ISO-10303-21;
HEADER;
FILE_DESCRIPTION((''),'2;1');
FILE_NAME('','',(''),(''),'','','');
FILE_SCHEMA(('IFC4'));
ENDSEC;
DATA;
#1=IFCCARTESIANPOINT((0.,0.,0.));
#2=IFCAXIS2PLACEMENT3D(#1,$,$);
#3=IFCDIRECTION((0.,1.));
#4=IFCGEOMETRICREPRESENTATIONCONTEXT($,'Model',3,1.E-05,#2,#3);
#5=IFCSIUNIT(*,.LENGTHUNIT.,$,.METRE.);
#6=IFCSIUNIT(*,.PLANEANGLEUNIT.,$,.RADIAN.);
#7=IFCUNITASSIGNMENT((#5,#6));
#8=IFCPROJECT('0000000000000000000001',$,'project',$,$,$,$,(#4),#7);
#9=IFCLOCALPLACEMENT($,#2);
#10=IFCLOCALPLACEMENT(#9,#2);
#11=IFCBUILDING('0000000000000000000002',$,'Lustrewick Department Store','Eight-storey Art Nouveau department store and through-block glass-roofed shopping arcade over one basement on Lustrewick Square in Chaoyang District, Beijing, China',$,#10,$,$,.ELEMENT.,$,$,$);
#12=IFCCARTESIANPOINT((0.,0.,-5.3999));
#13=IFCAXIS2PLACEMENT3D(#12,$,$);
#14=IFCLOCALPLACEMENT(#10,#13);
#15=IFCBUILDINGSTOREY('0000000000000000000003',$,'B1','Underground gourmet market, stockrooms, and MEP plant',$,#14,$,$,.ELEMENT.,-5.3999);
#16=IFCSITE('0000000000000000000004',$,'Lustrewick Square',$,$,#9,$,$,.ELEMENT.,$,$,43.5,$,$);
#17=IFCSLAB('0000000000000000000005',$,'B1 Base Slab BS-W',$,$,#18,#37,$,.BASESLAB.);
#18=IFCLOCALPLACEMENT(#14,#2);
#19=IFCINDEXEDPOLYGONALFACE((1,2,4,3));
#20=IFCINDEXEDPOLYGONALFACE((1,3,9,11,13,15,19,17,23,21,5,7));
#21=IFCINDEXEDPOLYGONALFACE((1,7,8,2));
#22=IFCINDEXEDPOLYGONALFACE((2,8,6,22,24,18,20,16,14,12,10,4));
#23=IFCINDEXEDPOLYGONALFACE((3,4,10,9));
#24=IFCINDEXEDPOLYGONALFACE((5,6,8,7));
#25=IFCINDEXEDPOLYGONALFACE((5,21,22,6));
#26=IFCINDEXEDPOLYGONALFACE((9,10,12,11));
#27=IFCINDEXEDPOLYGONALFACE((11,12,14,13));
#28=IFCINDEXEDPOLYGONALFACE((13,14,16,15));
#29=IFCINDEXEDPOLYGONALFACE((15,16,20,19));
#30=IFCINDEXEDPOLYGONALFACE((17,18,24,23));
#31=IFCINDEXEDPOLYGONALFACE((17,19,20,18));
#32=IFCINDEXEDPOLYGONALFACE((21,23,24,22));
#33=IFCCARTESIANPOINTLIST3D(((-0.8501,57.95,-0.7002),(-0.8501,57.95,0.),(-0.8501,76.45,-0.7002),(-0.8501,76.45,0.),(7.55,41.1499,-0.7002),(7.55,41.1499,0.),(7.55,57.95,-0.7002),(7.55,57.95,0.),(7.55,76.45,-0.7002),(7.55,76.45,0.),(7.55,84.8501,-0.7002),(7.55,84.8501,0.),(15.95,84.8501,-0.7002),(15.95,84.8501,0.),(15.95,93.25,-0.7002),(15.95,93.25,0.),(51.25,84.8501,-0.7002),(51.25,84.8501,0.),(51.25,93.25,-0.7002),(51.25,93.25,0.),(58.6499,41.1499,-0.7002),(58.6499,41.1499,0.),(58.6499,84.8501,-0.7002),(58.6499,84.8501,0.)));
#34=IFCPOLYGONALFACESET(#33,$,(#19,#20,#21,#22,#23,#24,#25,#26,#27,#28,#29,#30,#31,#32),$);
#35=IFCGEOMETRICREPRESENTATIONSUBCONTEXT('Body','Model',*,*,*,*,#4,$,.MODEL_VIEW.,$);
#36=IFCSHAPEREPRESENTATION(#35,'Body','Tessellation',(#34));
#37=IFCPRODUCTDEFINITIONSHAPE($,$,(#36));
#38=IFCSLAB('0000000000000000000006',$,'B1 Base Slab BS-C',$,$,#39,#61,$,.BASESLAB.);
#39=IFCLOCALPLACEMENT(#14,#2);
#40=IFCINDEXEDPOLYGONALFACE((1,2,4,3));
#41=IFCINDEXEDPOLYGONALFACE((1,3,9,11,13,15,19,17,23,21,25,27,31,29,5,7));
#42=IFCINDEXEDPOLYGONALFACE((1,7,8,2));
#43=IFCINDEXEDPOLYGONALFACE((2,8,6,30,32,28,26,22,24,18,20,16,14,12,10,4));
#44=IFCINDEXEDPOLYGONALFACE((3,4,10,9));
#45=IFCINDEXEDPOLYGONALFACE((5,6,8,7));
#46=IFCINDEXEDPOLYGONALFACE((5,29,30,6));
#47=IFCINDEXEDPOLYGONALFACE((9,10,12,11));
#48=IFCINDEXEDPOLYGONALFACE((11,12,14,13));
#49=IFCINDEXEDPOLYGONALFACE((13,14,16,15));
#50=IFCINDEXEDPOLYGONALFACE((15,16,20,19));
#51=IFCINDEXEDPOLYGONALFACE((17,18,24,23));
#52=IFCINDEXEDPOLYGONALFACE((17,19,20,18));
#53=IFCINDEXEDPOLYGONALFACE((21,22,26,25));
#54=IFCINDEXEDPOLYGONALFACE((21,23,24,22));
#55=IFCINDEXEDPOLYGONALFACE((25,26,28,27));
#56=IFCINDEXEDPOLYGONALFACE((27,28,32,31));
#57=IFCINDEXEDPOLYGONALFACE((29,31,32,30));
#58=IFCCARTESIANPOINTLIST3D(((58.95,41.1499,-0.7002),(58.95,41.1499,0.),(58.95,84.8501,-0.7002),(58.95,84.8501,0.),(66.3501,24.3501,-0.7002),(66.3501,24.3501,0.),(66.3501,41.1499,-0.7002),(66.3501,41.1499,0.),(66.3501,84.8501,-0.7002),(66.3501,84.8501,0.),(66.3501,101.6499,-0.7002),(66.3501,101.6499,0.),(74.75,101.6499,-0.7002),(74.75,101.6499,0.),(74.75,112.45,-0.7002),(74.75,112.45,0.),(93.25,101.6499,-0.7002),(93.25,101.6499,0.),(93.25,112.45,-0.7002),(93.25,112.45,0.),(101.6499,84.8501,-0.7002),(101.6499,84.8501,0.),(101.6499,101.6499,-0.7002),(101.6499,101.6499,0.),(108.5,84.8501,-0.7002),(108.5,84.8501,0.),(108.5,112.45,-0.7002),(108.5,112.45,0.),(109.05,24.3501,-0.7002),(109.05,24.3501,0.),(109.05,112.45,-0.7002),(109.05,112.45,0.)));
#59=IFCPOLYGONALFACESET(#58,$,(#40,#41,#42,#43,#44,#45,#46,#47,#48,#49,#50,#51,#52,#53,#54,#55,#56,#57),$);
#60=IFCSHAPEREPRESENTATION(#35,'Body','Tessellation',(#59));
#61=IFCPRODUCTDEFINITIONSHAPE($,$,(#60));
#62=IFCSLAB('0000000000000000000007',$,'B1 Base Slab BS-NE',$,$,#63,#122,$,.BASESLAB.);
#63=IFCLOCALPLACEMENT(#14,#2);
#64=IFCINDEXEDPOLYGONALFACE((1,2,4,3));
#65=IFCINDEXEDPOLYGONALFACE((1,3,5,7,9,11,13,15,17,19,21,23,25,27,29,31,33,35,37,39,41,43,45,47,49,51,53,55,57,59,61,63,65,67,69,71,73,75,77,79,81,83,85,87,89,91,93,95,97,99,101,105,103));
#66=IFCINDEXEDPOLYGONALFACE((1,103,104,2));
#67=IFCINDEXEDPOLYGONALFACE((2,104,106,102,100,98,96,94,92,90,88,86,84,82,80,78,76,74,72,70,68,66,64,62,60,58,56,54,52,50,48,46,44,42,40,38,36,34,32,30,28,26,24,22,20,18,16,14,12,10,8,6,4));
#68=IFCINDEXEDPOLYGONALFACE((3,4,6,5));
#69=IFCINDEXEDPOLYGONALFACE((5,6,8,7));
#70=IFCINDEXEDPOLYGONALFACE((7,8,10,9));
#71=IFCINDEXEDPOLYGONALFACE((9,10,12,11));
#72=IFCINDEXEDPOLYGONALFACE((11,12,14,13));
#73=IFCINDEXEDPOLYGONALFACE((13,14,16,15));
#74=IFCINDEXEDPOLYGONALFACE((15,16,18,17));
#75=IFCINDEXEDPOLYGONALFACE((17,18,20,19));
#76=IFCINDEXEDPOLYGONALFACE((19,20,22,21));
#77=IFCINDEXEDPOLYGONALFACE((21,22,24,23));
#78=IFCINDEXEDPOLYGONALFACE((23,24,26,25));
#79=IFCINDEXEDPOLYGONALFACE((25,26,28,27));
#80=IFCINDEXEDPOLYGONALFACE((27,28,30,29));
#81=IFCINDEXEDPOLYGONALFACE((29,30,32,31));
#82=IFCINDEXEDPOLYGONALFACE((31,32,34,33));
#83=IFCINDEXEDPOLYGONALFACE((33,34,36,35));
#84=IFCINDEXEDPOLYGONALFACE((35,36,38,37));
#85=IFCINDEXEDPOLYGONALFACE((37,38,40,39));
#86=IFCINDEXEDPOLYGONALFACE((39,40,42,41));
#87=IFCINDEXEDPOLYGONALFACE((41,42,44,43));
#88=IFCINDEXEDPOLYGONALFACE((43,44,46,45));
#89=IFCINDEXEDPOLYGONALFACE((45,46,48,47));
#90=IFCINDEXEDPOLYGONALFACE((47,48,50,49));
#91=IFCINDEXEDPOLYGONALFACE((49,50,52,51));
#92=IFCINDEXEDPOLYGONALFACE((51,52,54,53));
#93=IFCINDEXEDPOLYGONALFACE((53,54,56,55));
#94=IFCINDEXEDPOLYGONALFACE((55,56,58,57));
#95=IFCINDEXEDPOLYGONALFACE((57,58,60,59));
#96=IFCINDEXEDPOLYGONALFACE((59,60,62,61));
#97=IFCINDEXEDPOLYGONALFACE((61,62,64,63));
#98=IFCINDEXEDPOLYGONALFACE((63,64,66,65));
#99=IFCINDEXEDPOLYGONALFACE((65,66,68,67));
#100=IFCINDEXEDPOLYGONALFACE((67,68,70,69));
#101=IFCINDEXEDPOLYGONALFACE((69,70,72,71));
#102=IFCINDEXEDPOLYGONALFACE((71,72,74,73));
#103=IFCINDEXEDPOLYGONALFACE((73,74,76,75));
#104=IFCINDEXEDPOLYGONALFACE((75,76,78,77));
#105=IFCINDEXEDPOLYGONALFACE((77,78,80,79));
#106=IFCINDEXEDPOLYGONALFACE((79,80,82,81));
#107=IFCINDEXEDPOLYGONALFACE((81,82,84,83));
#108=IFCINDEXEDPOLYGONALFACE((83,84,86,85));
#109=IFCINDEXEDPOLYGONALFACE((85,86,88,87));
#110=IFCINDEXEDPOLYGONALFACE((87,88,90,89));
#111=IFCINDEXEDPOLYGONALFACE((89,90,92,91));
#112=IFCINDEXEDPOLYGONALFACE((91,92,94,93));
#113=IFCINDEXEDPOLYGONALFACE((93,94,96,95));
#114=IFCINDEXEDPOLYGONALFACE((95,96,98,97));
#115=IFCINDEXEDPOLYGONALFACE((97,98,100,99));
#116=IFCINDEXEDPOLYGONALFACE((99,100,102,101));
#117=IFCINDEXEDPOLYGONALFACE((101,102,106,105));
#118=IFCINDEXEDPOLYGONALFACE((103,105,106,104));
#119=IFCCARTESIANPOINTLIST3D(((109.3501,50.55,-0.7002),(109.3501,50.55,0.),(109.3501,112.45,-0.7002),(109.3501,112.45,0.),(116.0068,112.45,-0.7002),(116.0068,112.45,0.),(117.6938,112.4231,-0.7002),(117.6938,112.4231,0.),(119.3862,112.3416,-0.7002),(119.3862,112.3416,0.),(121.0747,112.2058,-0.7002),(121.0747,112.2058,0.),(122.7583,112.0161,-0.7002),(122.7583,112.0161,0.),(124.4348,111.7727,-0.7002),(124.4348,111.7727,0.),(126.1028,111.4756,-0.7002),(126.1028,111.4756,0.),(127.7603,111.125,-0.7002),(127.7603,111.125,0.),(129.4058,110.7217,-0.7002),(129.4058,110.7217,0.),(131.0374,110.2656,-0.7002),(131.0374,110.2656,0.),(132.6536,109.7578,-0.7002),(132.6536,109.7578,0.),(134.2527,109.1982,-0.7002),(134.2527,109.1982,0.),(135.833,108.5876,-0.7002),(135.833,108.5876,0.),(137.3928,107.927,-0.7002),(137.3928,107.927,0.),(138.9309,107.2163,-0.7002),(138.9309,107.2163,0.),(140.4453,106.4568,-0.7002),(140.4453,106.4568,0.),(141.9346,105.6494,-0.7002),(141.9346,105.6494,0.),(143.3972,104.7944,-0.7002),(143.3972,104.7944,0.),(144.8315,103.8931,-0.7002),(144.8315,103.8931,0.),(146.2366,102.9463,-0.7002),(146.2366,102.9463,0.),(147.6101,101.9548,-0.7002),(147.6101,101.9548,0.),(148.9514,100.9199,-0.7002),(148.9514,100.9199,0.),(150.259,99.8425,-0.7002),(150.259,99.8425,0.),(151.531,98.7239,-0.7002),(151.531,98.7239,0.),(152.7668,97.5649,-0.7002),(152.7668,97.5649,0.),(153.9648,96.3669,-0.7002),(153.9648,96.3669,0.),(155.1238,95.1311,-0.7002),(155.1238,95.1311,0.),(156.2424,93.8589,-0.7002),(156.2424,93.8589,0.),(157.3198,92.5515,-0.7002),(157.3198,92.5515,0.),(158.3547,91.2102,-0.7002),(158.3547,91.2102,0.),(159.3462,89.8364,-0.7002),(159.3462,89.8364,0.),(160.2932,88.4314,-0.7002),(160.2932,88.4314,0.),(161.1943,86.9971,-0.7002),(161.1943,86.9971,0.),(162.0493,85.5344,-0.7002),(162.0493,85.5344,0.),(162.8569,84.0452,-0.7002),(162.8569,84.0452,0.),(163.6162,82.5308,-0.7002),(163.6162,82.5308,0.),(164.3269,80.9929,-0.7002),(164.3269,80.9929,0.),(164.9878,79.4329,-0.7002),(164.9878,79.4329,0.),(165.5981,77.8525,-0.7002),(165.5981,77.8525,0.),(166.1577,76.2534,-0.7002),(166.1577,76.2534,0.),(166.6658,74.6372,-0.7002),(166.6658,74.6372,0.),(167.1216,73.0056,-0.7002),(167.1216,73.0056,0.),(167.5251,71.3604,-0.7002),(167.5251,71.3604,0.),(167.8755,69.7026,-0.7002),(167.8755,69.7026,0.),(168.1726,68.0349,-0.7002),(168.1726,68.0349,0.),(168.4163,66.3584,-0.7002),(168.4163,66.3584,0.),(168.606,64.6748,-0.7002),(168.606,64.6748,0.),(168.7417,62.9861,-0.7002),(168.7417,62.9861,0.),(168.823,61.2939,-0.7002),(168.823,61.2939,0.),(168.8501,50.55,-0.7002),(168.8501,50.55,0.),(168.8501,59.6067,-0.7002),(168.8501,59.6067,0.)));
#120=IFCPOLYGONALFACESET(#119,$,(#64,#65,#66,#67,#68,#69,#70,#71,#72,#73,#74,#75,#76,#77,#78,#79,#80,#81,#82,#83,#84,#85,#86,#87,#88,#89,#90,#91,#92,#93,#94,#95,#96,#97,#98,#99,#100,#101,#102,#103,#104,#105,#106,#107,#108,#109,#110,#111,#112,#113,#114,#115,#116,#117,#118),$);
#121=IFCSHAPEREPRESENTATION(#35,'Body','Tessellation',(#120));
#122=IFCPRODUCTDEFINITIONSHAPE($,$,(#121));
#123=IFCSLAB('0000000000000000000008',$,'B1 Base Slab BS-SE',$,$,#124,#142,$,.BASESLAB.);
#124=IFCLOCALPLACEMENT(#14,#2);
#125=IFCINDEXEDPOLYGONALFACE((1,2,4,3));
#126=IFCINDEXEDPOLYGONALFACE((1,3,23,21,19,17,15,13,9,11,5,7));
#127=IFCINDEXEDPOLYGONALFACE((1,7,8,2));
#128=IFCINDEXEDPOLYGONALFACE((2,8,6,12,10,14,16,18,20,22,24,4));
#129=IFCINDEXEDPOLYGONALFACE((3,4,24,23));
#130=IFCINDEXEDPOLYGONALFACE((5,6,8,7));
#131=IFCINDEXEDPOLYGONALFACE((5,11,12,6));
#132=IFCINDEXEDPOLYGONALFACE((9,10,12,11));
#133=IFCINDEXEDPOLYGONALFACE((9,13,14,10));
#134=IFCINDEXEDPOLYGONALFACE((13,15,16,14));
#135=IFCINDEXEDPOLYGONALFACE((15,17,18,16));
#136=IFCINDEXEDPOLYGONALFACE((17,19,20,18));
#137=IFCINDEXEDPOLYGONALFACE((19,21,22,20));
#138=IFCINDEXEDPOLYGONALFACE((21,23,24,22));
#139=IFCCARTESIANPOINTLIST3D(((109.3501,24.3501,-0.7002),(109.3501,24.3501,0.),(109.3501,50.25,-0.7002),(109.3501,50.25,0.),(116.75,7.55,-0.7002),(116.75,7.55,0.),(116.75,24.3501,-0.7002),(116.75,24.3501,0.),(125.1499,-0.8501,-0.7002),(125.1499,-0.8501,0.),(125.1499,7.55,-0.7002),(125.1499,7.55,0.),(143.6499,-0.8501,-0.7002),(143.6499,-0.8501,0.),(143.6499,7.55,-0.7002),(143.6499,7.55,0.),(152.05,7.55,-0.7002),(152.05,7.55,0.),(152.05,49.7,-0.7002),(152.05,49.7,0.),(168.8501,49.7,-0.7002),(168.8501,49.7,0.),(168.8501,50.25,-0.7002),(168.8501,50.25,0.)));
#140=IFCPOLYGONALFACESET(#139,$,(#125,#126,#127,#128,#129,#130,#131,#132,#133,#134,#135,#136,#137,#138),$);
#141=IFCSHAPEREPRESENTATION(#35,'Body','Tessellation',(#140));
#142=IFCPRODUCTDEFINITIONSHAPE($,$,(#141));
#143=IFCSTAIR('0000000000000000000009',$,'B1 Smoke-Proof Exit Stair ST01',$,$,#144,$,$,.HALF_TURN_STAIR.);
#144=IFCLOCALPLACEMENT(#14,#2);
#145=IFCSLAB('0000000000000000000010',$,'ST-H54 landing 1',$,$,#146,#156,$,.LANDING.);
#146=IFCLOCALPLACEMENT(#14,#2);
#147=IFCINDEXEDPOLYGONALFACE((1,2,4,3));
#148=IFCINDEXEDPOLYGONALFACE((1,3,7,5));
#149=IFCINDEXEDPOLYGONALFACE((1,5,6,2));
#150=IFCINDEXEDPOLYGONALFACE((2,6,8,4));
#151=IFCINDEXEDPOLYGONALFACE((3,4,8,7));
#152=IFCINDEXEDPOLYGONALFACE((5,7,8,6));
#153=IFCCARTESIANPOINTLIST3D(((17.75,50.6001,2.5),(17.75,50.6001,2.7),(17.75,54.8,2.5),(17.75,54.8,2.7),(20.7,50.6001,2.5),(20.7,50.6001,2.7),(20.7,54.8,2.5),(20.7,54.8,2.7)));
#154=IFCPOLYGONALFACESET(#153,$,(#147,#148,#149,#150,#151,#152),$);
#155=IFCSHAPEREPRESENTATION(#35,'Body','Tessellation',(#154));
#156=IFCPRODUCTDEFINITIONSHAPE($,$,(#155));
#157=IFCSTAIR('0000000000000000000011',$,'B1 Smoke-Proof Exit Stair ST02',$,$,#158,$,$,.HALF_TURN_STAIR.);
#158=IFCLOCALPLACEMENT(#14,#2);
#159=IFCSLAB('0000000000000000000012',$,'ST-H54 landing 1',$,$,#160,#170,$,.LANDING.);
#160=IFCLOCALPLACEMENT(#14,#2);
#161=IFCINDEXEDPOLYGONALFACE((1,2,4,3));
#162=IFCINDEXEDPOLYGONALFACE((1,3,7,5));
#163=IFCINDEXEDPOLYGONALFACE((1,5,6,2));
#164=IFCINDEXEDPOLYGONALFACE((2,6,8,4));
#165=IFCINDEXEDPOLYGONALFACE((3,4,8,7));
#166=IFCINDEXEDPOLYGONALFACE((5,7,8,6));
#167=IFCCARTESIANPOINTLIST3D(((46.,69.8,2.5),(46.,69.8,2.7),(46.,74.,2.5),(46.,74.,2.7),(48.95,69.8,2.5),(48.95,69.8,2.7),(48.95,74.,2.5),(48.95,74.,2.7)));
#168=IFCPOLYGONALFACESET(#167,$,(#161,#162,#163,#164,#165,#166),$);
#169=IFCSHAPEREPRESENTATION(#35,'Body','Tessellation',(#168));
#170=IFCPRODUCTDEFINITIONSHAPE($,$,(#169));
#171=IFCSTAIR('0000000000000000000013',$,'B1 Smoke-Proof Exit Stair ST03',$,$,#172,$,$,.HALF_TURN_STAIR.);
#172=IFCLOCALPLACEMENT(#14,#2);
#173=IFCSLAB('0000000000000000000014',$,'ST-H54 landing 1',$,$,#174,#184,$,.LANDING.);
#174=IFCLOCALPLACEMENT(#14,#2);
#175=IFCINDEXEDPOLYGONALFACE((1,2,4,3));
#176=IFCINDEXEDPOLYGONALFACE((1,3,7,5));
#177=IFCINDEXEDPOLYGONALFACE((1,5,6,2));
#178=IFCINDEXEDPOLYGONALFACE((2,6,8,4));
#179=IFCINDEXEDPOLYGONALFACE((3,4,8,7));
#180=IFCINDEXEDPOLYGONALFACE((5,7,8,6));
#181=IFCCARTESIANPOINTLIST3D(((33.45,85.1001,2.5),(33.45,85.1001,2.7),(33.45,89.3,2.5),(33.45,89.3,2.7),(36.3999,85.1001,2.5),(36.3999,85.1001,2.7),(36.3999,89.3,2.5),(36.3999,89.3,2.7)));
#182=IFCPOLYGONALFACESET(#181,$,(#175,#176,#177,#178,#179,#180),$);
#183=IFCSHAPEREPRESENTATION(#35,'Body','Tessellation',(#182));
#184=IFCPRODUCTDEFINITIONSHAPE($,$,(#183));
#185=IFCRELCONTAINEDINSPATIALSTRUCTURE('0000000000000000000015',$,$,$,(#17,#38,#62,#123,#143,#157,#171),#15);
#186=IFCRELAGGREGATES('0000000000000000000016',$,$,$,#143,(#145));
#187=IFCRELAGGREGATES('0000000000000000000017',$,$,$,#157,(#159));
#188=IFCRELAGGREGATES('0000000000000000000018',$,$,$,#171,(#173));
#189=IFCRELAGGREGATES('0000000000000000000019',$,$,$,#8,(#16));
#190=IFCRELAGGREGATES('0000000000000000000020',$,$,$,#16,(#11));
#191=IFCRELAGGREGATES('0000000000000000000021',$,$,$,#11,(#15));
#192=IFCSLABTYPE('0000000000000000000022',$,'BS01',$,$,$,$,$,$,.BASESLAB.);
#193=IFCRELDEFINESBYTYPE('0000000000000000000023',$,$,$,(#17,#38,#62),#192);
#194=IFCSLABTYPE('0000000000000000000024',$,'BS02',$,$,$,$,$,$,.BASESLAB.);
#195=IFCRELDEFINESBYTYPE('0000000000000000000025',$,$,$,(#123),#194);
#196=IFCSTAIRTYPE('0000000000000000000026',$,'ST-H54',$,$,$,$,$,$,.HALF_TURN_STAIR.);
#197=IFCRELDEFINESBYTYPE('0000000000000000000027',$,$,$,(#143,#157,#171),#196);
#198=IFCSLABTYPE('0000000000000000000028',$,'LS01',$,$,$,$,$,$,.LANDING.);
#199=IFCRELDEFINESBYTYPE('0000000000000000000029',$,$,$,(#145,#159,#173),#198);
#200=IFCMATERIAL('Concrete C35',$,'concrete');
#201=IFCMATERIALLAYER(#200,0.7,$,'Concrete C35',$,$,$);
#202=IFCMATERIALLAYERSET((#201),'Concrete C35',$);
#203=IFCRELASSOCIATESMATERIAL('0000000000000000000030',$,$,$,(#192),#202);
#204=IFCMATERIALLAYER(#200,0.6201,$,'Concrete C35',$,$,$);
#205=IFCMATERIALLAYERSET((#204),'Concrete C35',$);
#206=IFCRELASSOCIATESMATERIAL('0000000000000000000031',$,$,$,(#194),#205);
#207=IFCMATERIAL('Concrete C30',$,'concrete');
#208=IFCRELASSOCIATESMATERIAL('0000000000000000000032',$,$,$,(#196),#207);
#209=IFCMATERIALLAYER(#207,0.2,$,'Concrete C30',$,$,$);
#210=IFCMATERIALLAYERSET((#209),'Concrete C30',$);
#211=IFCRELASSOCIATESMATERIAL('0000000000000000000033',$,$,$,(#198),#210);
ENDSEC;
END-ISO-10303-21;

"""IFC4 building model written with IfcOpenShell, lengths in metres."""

from ifc_helpers import new_model, si_unit, direction, frame, origin, place, context, subcontext, project, spatial, polyline, outline, extrude, material, layer, layer_set, type_object, element, aggregate, save


model = new_model("IFC4")

# Units and contexts
model_context = context("Model", 3, precision=1e-05, world=origin(), true_north=direction((0.0, 1.0)))
body_context = subcontext(model_context, "Body", "Model", "MODEL_VIEW")
ifc_project = project(units=[si_unit("LENGTHUNIT", "METRE"), si_unit("PLANEANGLEUNIT", "RADIAN")], contexts=[model_context])

# Site, building, storey
site_placement = place(None, origin())
site = spatial("IfcSite", under=ifc_project, at=site_placement, Name="Lustrewick Square", CompositionType="ELEMENT", RefElevation=43.5)
building_placement = place(site_placement, origin())
building = spatial("IfcBuilding", under=site, at=building_placement, Name="Lustrewick Department Store", Description="Eight-storey Art Nouveau department store and through-block glass-roofed shopping arcade over one basement on Lustrewick Square in Chaoyang District, Beijing, China", CompositionType="ELEMENT")
storey_placement = place(building_placement, frame((0.0, 0.0, -5.3999)))
storey = spatial("IfcBuildingStorey", under=building, at=storey_placement, Name="B1", Description="Underground gourmet market, stockrooms, and MEP plant", CompositionType="ELEMENT", Elevation=-5.3999)

# Slabs
ifc_material_1 = material(Name="Concrete C35", Category="concrete")
ifc_layer_1 = layer(ifc_material_1, 0.7, Name="Concrete C35")
ifc_layer_set_1 = layer_set([ifc_layer_1], Name="Concrete C35")
slab_type_1 = type_object("IfcSlabType", Name="BS01", PredefinedType="BASESLAB", material=ifc_layer_set_1)
slab_1_placement = place(storey_placement, frame((0.0, 0.0, -0.7002)))
element("IfcSlab", 1, at=slab_1_placement, inside=storey, type_object=slab_type_1, Name="B1 Base Slab BS-W", PredefinedType="BASESLAB", context=body_context, shape_type="SweptSolid", body=[
    extrude(outline(polyline([(58.6499, 41.1499), (58.6499, 84.8501), (51.25, 84.8501), (51.25, 93.25), (15.95, 93.25), (15.95, 84.8501), (7.55, 84.8501), (7.55, 76.45), (-0.8501, 76.45), (-0.8501, 57.95), (7.55, 57.95), (7.55, 41.1499), (58.6499, 41.1499)])), origin(), (0.0, 0.0, 1.0), 0.7002),
])
slab_2_placement = place(storey_placement, frame((0.0, 0.0, -0.7002)))
element("IfcSlab", 2, at=slab_2_placement, inside=storey, type_object=slab_type_1, Name="B1 Base Slab BS-C", PredefinedType="BASESLAB", context=body_context, shape_type="SweptSolid", body=[
    extrude(outline(polyline([(108.5, 84.8501), (101.6499, 84.8501), (101.6499, 101.6499), (93.25, 101.6499), (93.25, 112.45), (74.75, 112.45), (74.75, 101.6499), (66.3501, 101.6499), (66.3501, 84.8501), (58.95, 84.8501), (58.95, 41.1499), (66.3501, 41.1499), (66.3501, 24.3501), (109.05, 24.3501), (109.05, 112.45), (108.5, 112.45), (108.5, 84.8501)])), origin(), (0.0, 0.0, 1.0), 0.7002),
])
slab_3_placement = place(storey_placement, frame((0.0, 0.0, -0.7002)))
element("IfcSlab", 3, at=slab_3_placement, inside=storey, type_object=slab_type_1, Name="B1 Base Slab BS-NE", PredefinedType="BASESLAB", context=body_context, shape_type="SweptSolid", body=[
    extrude(outline(polyline([(109.3501, 112.45), (109.3501, 50.55), (168.8501, 50.55), (168.8501, 59.6067), (168.823, 61.2939), (168.7417, 62.9861), (168.606, 64.6748), (168.4163, 66.3584), (168.1726, 68.0349), (167.8755, 69.7026), (167.5251, 71.3604), (167.1216, 73.0056), (166.6658, 74.6372), (166.1577, 76.2534), (165.5981, 77.8525), (164.9878, 79.4329), (164.3269, 80.9929), (163.6162, 82.5308), (162.8569, 84.0452), (162.0493, 85.5344), (161.1943, 86.9971), (160.2932, 88.4314), (159.3462, 89.8364), (158.3547, 91.2102), (157.3198, 92.5515), (156.2424, 93.8589), (155.1238, 95.1311), (153.9648, 96.3669), (152.7668, 97.5649), (151.531, 98.7239), (150.259, 99.8425), (148.9514, 100.9199), (147.6101, 101.9548), (146.2366, 102.9463), (144.8315, 103.8931), (143.3972, 104.7944), (141.9346, 105.6494), (140.4453, 106.4568), (138.9309, 107.2163), (137.3928, 107.927), (135.833, 108.5876), (134.2527, 109.1982), (132.6536, 109.7578), (131.0374, 110.2656), (129.4058, 110.7217), (127.7603, 111.125), (126.1028, 111.4756), (124.4348, 111.7727), (122.7583, 112.0161), (121.0747, 112.2058), (119.3862, 112.3416), (117.6938, 112.4231), (116.0068, 112.45), (109.3501, 112.45)])), origin(), (0.0, 0.0, 1.0), 0.7002),
])
ifc_layer_2 = layer(ifc_material_1, 0.6201, Name="Concrete C35")
ifc_layer_set_2 = layer_set([ifc_layer_2], Name="Concrete C35")
slab_type_2 = type_object("IfcSlabType", Name="BS02", PredefinedType="BASESLAB", material=ifc_layer_set_2)
slab_4_placement = place(storey_placement, frame((0.0, 0.0, -0.7002)))
element("IfcSlab", 4, at=slab_4_placement, inside=storey, type_object=slab_type_2, Name="B1 Base Slab BS-SE", PredefinedType="BASESLAB", context=body_context, shape_type="SweptSolid", body=[
    extrude(outline(polyline([(168.8501, 50.25), (109.3501, 50.25), (109.3501, 24.3501), (116.75, 24.3501), (116.75, 7.55), (125.1499, 7.55), (125.1499, -0.8501), (143.6499, -0.8501), (143.6499, 7.55), (152.05, 7.55), (152.05, 49.7), (168.8501, 49.7), (168.8501, 50.25)])), origin(), (0.0, 0.0, 1.0), 0.7002),
])

# Stairs, slabs
ifc_material_2 = material(Name="Concrete C30", Category="concrete")
stair_type = type_object("IfcStairType", Name="ST-H54", PredefinedType="HALF_TURN_STAIR", material=ifc_material_2)
stair_1_placement = place(storey_placement, origin())
stair_1 = element("IfcStair", 5, at=stair_1_placement, inside=storey, type_object=stair_type, Name="B1 Smoke-Proof Exit Stair ST01", PredefinedType="HALF_TURN_STAIR")
ifc_layer_3 = layer(ifc_material_2, 0.2, Name="Concrete C30")
ifc_layer_set_3 = layer_set([ifc_layer_3], Name="Concrete C30")
slab_type_3 = type_object("IfcSlabType", Name="LS01", PredefinedType="LANDING", material=ifc_layer_set_3)
slab_5_placement = place(storey_placement, frame((0.0, 0.0, 2.5)))
slab_5 = element("IfcSlab", 6, at=slab_5_placement, type_object=slab_type_3, Name="ST-H54 landing 1", PredefinedType="LANDING", context=body_context, shape_type="SweptSolid", body=[
    extrude(outline(polyline([(17.75, 50.6001), (20.7, 50.6001), (20.7, 54.8), (17.75, 54.8), (17.75, 50.6001)])), origin(), (0.0, 0.0, 1.0), 0.2),
])
aggregate(stair_1, [slab_5])
stair_2_placement = place(storey_placement, origin())
stair_2 = element("IfcStair", 7, at=stair_2_placement, inside=storey, type_object=stair_type, Name="B1 Smoke-Proof Exit Stair ST02", PredefinedType="HALF_TURN_STAIR")
slab_6_placement = place(storey_placement, frame((0.0, 0.0, 2.5)))
slab_6 = element("IfcSlab", 8, at=slab_6_placement, type_object=slab_type_3, Name="ST-H54 landing 1", PredefinedType="LANDING", context=body_context, shape_type="SweptSolid", body=[
    extrude(outline(polyline([(48.95, 74.0), (46.0, 74.0), (46.0, 69.8), (48.95, 69.8), (48.95, 74.0)])), origin(), (0.0, 0.0, 1.0), 0.2),
])
aggregate(stair_2, [slab_6])
stair_3_placement = place(storey_placement, origin())
stair_3 = element("IfcStair", 9, at=stair_3_placement, inside=storey, type_object=stair_type, Name="B1 Smoke-Proof Exit Stair ST03", PredefinedType="HALF_TURN_STAIR")
slab_7_placement = place(storey_placement, frame((0.0, 0.0, 2.5)))
slab_7 = element("IfcSlab", 10, at=slab_7_placement, type_object=slab_type_3, Name="ST-H54 landing 1", PredefinedType="LANDING", context=body_context, shape_type="SweptSolid", body=[
    extrude(outline(polyline([(33.45, 85.1001), (36.3999, 85.1001), (36.3999, 89.3), (33.45, 89.3), (33.45, 85.1001)])), origin(), (0.0, 0.0, 1.0), 0.2),
])
aggregate(stair_3, [slab_7])

save(model, "model.ifc")
